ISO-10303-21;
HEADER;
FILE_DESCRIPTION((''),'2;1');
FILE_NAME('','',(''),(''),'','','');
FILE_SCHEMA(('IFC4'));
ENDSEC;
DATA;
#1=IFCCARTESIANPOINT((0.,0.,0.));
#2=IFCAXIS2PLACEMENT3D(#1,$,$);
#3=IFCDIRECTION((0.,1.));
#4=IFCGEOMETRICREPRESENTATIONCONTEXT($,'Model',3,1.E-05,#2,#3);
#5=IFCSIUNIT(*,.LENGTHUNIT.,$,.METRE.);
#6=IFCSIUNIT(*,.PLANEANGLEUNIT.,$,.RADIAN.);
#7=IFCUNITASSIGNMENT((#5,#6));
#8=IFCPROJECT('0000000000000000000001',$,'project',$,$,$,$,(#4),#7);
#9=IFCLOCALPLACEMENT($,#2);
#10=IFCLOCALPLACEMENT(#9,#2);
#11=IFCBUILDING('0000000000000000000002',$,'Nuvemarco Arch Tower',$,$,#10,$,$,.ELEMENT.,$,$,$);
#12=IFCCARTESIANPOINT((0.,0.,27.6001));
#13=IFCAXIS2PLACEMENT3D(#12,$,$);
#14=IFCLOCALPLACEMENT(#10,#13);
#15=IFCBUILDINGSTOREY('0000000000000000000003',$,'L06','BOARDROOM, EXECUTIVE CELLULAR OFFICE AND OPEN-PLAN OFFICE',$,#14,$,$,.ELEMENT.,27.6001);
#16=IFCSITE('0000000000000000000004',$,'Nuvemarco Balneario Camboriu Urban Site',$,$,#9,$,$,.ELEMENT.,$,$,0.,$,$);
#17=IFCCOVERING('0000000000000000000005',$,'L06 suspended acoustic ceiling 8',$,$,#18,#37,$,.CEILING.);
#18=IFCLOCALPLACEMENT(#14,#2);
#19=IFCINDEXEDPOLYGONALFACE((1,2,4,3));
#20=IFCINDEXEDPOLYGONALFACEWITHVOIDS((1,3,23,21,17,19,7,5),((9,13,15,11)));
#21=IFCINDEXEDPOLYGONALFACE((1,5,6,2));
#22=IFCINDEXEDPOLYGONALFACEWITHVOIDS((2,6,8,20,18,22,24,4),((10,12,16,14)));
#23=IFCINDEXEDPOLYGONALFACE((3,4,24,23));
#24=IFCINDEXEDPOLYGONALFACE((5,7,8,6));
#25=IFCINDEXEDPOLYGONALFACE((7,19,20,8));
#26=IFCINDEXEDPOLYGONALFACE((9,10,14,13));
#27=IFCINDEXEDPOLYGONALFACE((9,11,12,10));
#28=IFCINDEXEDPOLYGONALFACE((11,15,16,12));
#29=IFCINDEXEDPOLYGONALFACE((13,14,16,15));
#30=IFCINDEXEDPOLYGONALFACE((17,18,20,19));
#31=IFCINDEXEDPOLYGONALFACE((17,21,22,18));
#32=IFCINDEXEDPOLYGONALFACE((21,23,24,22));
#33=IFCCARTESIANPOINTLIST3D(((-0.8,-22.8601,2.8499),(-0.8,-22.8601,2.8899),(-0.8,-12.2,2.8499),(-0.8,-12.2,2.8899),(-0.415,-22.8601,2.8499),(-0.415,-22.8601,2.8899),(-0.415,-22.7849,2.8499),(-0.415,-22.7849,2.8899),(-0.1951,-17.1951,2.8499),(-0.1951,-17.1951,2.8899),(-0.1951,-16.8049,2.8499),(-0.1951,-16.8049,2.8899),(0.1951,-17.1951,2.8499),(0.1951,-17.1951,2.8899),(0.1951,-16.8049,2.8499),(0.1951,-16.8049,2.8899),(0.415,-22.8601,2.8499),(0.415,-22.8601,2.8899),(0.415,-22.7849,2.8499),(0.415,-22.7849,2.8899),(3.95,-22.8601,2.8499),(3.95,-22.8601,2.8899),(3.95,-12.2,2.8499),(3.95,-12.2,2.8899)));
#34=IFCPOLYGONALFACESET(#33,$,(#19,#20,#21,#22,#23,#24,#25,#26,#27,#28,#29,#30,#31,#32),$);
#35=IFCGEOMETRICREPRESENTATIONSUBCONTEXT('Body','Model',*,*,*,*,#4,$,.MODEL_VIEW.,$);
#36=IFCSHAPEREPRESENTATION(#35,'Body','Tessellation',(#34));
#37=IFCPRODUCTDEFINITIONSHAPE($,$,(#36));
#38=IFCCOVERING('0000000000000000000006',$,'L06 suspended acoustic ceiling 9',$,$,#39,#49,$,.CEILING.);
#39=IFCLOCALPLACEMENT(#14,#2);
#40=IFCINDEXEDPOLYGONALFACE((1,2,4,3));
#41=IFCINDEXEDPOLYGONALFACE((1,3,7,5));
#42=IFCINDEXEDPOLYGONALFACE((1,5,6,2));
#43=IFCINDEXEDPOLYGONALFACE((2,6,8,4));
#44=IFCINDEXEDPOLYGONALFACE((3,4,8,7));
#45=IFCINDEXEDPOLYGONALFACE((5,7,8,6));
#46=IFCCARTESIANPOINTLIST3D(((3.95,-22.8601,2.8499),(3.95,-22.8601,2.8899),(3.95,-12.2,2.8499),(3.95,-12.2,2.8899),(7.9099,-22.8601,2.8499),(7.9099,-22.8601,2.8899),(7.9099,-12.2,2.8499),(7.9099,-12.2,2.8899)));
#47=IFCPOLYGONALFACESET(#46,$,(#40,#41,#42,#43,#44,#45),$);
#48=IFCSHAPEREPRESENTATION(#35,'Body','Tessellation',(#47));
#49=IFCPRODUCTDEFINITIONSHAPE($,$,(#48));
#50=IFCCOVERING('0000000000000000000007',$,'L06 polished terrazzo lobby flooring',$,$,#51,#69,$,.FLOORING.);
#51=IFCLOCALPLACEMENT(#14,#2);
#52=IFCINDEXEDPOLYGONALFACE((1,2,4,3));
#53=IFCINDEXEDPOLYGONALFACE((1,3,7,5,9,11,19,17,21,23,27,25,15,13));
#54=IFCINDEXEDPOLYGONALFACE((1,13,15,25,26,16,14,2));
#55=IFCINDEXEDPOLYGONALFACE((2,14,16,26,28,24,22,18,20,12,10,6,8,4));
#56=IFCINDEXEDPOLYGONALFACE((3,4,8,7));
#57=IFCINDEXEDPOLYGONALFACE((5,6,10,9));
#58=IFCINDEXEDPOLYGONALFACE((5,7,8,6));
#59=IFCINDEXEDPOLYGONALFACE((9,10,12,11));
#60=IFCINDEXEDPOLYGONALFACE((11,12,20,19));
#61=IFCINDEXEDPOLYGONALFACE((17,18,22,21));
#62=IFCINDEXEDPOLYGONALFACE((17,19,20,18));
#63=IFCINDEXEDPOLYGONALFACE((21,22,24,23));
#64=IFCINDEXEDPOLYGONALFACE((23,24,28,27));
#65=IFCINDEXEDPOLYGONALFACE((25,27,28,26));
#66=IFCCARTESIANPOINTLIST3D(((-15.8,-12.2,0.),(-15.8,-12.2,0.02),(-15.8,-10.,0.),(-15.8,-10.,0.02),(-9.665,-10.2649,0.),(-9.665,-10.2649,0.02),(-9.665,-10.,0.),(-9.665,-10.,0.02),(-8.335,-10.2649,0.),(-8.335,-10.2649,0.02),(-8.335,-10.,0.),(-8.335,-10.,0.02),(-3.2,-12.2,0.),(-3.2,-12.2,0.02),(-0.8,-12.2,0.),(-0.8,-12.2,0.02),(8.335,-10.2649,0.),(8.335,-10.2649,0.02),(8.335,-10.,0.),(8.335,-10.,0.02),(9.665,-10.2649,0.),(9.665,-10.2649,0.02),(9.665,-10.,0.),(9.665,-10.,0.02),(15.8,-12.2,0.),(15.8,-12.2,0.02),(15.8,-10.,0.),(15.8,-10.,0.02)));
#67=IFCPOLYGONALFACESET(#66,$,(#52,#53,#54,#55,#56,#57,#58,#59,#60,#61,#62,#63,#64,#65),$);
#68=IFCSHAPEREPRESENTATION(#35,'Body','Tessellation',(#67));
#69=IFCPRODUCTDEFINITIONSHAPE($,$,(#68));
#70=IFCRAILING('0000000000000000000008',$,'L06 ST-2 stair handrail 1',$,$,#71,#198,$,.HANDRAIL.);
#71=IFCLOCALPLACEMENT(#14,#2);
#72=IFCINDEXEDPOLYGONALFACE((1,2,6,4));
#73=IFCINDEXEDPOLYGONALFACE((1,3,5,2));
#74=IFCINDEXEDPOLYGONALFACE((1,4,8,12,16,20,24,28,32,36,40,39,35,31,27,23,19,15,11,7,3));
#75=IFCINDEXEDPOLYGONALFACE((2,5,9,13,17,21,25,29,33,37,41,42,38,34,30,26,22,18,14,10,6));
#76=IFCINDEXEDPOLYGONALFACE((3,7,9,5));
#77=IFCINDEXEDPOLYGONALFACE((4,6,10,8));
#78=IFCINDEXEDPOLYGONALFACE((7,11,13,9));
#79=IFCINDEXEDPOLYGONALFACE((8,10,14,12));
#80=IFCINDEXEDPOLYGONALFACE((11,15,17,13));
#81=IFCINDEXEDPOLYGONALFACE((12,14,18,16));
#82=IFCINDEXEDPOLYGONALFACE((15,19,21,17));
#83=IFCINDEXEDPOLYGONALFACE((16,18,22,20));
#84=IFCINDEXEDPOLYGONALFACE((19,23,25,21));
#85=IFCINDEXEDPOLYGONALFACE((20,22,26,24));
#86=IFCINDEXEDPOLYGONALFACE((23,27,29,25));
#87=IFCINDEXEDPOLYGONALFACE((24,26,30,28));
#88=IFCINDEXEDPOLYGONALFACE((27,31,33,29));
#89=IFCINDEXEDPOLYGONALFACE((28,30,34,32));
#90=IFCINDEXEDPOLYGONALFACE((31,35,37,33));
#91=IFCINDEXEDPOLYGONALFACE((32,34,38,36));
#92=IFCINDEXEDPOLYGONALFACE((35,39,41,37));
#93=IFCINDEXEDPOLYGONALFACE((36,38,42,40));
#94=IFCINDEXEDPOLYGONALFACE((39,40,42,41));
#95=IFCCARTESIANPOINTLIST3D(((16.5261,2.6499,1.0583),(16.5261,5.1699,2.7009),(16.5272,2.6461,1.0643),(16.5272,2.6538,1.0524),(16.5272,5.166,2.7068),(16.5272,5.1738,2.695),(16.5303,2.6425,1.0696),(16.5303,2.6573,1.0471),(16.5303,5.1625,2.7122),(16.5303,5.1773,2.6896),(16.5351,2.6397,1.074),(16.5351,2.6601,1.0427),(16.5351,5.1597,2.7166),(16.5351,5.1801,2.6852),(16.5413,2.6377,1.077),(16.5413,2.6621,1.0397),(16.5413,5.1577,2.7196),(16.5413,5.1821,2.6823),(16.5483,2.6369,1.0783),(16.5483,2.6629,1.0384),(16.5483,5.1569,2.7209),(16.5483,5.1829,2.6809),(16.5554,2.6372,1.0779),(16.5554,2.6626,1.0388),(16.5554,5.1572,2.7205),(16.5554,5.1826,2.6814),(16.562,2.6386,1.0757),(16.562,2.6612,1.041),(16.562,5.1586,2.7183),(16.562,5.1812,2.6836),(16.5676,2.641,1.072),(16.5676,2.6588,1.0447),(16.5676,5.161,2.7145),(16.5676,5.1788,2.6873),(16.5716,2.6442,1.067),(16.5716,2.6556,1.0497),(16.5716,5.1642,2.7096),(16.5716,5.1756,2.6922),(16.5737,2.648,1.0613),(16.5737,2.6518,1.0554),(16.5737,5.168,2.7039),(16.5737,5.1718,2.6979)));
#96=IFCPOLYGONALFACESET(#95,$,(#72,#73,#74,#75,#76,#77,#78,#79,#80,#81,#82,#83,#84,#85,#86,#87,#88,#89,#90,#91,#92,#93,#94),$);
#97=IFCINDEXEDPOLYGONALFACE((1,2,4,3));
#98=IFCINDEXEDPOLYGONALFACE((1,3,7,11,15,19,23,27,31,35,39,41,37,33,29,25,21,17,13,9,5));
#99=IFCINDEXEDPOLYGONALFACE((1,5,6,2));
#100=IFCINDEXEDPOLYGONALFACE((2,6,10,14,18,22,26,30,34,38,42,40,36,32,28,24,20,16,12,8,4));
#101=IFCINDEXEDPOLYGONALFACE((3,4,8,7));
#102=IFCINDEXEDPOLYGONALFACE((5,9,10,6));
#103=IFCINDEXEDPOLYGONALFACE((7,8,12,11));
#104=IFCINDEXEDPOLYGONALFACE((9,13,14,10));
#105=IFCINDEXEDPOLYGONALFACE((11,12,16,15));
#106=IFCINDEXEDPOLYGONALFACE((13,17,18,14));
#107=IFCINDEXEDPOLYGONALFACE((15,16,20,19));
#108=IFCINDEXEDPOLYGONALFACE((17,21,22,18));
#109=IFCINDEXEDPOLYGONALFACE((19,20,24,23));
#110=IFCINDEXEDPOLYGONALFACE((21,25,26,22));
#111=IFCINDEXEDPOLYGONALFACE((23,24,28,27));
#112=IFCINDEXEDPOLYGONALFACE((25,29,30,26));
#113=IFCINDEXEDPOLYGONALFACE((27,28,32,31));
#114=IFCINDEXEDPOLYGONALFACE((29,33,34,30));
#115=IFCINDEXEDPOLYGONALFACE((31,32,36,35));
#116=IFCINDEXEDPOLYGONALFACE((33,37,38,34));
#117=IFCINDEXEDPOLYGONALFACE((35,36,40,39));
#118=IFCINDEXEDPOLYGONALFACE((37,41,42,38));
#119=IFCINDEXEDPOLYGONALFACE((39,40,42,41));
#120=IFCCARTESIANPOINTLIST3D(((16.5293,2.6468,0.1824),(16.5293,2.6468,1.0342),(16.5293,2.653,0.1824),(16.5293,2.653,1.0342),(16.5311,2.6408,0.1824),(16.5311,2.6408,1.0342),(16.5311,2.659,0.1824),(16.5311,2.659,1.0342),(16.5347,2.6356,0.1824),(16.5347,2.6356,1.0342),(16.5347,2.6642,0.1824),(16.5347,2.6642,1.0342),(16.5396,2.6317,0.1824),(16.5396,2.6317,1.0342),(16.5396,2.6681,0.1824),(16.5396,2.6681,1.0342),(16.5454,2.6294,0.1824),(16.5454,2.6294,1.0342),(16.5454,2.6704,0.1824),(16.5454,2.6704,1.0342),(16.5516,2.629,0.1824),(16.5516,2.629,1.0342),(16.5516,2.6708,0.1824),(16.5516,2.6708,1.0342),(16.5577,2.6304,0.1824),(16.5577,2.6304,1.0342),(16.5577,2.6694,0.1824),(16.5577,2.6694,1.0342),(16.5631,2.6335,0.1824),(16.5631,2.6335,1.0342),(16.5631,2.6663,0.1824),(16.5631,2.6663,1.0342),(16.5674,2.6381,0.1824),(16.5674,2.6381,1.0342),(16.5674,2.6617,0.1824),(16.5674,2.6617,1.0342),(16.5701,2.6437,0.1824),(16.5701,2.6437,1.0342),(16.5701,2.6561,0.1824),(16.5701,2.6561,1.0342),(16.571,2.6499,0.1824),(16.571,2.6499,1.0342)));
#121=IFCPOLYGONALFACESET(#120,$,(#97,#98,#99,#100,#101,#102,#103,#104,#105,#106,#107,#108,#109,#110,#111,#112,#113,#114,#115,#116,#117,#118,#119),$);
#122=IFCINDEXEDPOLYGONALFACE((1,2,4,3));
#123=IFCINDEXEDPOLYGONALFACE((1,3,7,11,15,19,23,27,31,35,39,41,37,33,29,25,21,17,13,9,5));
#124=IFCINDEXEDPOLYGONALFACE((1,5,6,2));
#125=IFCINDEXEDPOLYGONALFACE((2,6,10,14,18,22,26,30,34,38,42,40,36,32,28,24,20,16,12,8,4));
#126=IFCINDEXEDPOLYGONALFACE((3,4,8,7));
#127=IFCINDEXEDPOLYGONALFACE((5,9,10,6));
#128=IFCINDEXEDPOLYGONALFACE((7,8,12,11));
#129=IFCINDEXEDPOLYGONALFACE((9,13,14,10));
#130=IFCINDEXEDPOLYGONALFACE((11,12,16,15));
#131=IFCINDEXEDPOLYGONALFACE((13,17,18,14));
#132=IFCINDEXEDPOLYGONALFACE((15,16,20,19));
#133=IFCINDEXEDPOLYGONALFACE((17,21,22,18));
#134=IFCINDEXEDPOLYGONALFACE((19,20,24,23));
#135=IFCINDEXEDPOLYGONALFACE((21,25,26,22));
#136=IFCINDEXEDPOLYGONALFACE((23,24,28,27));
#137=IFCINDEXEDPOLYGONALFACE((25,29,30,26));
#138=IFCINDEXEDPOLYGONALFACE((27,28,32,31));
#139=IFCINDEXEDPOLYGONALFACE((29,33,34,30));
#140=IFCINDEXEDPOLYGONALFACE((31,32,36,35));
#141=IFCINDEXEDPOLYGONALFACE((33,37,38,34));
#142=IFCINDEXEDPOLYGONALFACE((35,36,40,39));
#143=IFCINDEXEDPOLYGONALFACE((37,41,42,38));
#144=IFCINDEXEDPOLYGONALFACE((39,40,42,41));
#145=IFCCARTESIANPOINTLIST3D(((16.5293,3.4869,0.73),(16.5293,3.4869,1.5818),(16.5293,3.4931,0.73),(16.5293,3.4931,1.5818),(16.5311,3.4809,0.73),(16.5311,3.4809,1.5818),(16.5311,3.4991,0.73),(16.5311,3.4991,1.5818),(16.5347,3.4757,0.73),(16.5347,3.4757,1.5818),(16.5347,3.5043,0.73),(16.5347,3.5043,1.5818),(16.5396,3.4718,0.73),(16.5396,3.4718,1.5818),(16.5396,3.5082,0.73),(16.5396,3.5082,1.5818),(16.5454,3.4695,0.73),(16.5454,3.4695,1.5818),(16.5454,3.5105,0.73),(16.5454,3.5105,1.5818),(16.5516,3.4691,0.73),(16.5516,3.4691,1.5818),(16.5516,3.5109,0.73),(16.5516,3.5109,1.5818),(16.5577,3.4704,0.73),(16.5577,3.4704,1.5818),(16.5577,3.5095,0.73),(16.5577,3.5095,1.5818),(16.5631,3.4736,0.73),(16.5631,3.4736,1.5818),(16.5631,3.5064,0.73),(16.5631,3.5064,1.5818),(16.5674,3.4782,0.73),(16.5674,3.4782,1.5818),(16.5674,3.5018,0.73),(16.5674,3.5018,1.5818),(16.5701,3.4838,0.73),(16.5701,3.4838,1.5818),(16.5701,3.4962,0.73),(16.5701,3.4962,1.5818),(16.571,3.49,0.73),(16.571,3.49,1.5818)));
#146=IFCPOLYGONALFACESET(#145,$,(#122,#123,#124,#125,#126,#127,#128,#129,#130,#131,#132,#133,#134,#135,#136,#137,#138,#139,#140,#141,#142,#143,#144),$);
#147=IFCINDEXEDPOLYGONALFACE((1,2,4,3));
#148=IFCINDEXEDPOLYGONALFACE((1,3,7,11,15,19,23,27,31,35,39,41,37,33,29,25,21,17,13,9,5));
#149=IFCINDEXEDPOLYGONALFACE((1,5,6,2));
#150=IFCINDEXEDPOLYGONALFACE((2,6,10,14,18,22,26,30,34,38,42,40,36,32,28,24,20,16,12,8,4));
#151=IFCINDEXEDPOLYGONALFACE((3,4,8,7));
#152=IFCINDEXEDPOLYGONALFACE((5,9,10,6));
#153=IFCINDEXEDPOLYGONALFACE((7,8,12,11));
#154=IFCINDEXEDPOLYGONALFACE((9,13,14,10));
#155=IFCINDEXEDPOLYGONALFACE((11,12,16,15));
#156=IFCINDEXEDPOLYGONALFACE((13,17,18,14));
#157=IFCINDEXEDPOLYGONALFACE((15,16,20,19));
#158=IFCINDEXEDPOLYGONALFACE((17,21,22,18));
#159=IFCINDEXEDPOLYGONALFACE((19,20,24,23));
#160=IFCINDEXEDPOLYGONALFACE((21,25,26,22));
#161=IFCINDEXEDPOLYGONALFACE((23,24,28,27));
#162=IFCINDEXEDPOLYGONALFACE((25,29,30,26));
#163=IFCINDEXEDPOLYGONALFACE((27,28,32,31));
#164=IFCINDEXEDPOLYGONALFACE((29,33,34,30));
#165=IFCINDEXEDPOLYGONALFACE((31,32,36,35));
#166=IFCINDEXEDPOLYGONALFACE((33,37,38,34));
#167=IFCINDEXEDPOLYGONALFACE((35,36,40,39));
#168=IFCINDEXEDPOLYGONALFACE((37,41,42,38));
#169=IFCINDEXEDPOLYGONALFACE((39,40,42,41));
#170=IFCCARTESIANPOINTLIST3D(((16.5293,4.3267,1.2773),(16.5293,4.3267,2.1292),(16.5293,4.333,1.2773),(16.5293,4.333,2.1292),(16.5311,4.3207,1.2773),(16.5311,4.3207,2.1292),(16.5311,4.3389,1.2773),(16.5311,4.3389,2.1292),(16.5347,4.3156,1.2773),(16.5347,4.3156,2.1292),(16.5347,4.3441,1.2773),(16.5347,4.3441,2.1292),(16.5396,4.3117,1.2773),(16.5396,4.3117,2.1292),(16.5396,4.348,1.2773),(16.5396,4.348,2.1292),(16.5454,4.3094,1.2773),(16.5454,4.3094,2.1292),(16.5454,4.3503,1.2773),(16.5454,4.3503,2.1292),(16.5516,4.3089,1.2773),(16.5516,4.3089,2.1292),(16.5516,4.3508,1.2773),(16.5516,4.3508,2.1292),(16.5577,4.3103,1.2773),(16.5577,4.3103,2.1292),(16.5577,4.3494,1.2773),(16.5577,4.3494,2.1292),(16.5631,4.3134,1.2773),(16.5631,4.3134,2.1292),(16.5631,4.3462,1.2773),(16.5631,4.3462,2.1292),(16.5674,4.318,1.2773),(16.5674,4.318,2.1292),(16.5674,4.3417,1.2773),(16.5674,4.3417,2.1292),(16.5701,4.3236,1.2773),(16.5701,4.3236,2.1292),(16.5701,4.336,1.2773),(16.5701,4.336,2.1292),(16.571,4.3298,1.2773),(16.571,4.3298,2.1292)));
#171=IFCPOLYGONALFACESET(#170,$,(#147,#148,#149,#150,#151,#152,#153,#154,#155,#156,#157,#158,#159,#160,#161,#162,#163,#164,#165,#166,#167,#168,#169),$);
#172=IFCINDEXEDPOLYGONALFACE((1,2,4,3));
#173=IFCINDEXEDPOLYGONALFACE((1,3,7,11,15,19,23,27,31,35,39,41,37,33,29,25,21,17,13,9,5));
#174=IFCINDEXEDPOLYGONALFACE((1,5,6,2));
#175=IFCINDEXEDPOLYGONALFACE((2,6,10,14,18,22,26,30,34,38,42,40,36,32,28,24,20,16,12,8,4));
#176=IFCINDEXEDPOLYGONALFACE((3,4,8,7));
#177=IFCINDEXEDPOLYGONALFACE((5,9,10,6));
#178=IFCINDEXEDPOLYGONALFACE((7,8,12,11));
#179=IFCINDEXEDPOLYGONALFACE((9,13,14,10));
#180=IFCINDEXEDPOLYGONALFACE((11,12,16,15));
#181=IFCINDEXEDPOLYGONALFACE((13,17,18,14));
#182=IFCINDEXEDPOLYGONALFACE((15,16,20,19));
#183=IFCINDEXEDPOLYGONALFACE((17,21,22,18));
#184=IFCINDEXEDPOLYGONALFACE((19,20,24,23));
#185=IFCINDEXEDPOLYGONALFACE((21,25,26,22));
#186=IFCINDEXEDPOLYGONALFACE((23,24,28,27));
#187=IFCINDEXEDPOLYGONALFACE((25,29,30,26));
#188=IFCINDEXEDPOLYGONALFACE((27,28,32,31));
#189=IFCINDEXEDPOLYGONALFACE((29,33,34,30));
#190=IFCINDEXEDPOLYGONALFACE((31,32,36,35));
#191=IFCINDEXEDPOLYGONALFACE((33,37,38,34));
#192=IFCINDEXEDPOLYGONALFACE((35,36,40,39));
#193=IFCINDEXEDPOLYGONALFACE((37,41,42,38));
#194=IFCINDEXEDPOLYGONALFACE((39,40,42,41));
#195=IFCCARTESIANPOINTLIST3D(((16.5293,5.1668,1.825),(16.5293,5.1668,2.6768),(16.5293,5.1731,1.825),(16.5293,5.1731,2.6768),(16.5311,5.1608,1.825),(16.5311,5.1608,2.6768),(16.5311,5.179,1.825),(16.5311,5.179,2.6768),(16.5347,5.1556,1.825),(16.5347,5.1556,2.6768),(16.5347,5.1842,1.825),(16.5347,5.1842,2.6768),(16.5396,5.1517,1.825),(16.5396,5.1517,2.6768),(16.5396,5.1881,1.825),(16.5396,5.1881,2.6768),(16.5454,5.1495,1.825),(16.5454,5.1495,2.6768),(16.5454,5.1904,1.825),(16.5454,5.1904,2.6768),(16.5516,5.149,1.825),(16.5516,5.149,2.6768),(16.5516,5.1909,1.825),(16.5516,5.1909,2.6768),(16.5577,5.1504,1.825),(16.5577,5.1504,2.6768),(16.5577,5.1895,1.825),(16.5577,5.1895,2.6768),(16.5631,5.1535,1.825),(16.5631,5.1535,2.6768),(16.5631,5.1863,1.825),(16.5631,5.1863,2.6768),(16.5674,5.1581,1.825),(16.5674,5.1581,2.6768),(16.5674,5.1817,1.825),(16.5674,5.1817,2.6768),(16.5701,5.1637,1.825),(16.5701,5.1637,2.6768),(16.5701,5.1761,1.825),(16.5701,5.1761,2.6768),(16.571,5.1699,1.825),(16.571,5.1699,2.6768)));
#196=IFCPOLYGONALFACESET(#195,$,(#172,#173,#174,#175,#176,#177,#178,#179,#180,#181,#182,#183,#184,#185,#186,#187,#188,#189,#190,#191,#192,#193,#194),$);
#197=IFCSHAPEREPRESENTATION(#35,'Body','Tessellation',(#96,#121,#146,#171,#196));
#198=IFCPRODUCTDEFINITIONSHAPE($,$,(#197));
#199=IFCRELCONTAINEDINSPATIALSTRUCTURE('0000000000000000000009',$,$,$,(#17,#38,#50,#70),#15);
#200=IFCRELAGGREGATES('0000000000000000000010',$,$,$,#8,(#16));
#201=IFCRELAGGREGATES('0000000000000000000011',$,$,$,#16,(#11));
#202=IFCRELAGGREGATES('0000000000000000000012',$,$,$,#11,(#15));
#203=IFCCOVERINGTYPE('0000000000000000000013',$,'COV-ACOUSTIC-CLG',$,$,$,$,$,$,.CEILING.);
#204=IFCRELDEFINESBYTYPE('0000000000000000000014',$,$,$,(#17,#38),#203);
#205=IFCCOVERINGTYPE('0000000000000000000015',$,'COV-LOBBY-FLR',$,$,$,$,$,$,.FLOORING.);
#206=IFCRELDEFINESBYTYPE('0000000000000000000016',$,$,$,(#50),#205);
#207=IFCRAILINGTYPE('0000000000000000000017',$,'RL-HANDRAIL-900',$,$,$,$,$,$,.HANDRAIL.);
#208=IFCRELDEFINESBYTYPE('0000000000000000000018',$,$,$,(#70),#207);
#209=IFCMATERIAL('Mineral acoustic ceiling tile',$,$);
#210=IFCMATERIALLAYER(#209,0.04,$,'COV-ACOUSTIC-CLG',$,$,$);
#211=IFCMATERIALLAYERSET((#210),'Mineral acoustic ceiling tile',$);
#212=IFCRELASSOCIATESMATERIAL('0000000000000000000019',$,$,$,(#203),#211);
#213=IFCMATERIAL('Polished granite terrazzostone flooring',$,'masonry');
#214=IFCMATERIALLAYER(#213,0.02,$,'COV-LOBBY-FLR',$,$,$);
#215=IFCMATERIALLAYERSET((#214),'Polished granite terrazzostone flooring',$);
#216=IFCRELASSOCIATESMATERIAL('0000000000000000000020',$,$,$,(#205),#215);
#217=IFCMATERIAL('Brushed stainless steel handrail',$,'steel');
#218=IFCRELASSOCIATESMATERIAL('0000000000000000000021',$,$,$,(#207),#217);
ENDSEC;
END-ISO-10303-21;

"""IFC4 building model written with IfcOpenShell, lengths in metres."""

from ifc_helpers import new_model, si_unit, direction, frame, origin, origin_2d, place, context, subcontext, project, spatial, polyline, circle, outline, extrude, material, layer, layer_set, type_object, element, save


model = new_model("IFC4")

# Units and contexts
model_context = context("Model", 3, precision=1e-05, world=origin(), true_north=direction((0.0, 1.0)))
body_context = subcontext(model_context, "Body", "Model", "MODEL_VIEW")
ifc_project = project(units=[si_unit("LENGTHUNIT", "METRE"), si_unit("PLANEANGLEUNIT", "RADIAN")], contexts=[model_context])

# Site, building, storey
site_placement = place(None, origin())
site = spatial("IfcSite", under=ifc_project, at=site_placement, Name="Nuvemarco Balneario Camboriu Urban Site", CompositionType="ELEMENT", RefElevation=0.0)
building_placement = place(site_placement, origin())
building = spatial("IfcBuilding", under=site, at=building_placement, Name="Nuvemarco Arch Tower", CompositionType="ELEMENT")
storey_placement = place(building_placement, frame((0.0, 0.0, 27.6001)))
storey = spatial("IfcBuildingStorey", under=building, at=storey_placement, Name="L06", Description="BOARDROOM, EXECUTIVE CELLULAR OFFICE AND OPEN-PLAN OFFICE", CompositionType="ELEMENT", Elevation=27.6001)

# Coverings
ifc_material_1 = material(Name="Mineral acoustic ceiling tile")
ifc_layer_1 = layer(ifc_material_1, 0.04, Name="COV-ACOUSTIC-CLG")
ifc_layer_set_1 = layer_set([ifc_layer_1], Name="Mineral acoustic ceiling tile")
covering_type_1 = type_object("IfcCoveringType", Name="COV-ACOUSTIC-CLG", PredefinedType="CEILING", material=ifc_layer_set_1)
covering_1_placement = place(storey_placement, frame((0.0, 0.0, 2.8499)))
element("IfcCovering", 1, at=covering_1_placement, inside=storey, type_object=covering_type_1, Name="L06 suspended acoustic ceiling 8", PredefinedType="CEILING", context=body_context, shape_type="SweptSolid", body=[
    extrude(outline(polyline([(0.415, -22.8601), (0.415, -22.7849), (-0.415, -22.7849), (-0.415, -22.8601), (-0.8, -22.8601), (-0.8, -12.2), (3.95, -12.2), (3.95, -22.8601), (0.415, -22.8601)]), holes=[polyline([(0.1951, -17.1951), (0.1951, -16.8049), (-0.1951, -16.8049), (-0.1951, -17.1951), (0.1951, -17.1951)])]), origin(), (0.0, 0.0, 1.0), 0.04),
])
covering_2_placement = place(storey_placement, frame((0.0, 0.0, 2.8499)))
element("IfcCovering", 2, at=covering_2_placement, inside=storey, type_object=covering_type_1, Name="L06 suspended acoustic ceiling 9", PredefinedType="CEILING", context=body_context, shape_type="SweptSolid", body=[
    extrude(outline(polyline([(3.95, -22.8601), (3.95, -12.2), (7.9099, -12.2), (7.9099, -22.8601), (3.95, -22.8601)])), origin(), (0.0, 0.0, 1.0), 0.04),
])
ifc_material_2 = material(Name="Polished granite terrazzostone flooring", Category="masonry")
ifc_layer_2 = layer(ifc_material_2, 0.02, Name="COV-LOBBY-FLR")
ifc_layer_set_2 = layer_set([ifc_layer_2], Name="Polished granite terrazzostone flooring")
covering_type_2 = type_object("IfcCoveringType", Name="COV-LOBBY-FLR", PredefinedType="FLOORING", material=ifc_layer_set_2)
covering_3_placement = place(storey_placement, origin())
element("IfcCovering", 3, at=covering_3_placement, inside=storey, type_object=covering_type_2, Name="L06 polished terrazzo lobby flooring", PredefinedType="FLOORING", context=body_context, shape_type="SweptSolid", body=[
    extrude(outline(polyline([(-9.665, -10.2649), (-8.335, -10.2649), (-8.335, -10.0), (8.335, -10.0), (8.335, -10.2649), (9.665, -10.2649), (9.665, -10.0), (15.8, -10.0), (15.8, -12.2), (-0.8, -12.2), (-3.2, -12.2), (-15.8, -12.2), (-15.8, -10.0), (-9.665, -10.0), (-9.665, -10.2649)])), origin(), (0.0, 0.0, 1.0), 0.02),
])

# Railing
ifc_material_3 = material(Name="Brushed stainless steel handrail", Category="steel")
railing_type_1 = type_object("IfcRailingType", Name="RL-HANDRAIL-900", PredefinedType="HANDRAIL", material=ifc_material_3)
railing_1_placement = place(storey_placement, frame((16.55, 2.6499, 0.1824)))
element("IfcRailing", 4, at=railing_1_placement, inside=storey, type_object=railing_type_1, Name="L06 ST-2 stair handrail 1", PredefinedType="HANDRAIL", context=body_context, shape_type="SweptSolid", body=[
    extrude(circle(Radius=0.0239, at=origin_2d()), frame((0.0, 0.0, 0.876), z_axis=(0.0, 0.837749, 0.546055), x_axis=(-1.0, 0.0, 0.0)), (0.0, 0.0, 1.0), 3.0081),
    extrude(circle(Radius=0.021, at=origin_2d()), origin(), (0.0, 0.0, 1.0), 0.8518),
    extrude(circle(Radius=0.021, at=origin_2d()), frame((0.0, 0.8401, 0.5476)), (0.0, 0.0, 1.0), 0.8518),
    extrude(circle(Radius=0.021, at=origin_2d()), frame((0.0, 1.6799, 1.095)), (0.0, 0.0, 1.0), 0.8518),
    extrude(circle(Radius=0.021, at=origin_2d()), frame((0.0, 2.52, 1.6426)), (0.0, 0.0, 1.0), 0.8518),
])

save(model, "model.ifc")
